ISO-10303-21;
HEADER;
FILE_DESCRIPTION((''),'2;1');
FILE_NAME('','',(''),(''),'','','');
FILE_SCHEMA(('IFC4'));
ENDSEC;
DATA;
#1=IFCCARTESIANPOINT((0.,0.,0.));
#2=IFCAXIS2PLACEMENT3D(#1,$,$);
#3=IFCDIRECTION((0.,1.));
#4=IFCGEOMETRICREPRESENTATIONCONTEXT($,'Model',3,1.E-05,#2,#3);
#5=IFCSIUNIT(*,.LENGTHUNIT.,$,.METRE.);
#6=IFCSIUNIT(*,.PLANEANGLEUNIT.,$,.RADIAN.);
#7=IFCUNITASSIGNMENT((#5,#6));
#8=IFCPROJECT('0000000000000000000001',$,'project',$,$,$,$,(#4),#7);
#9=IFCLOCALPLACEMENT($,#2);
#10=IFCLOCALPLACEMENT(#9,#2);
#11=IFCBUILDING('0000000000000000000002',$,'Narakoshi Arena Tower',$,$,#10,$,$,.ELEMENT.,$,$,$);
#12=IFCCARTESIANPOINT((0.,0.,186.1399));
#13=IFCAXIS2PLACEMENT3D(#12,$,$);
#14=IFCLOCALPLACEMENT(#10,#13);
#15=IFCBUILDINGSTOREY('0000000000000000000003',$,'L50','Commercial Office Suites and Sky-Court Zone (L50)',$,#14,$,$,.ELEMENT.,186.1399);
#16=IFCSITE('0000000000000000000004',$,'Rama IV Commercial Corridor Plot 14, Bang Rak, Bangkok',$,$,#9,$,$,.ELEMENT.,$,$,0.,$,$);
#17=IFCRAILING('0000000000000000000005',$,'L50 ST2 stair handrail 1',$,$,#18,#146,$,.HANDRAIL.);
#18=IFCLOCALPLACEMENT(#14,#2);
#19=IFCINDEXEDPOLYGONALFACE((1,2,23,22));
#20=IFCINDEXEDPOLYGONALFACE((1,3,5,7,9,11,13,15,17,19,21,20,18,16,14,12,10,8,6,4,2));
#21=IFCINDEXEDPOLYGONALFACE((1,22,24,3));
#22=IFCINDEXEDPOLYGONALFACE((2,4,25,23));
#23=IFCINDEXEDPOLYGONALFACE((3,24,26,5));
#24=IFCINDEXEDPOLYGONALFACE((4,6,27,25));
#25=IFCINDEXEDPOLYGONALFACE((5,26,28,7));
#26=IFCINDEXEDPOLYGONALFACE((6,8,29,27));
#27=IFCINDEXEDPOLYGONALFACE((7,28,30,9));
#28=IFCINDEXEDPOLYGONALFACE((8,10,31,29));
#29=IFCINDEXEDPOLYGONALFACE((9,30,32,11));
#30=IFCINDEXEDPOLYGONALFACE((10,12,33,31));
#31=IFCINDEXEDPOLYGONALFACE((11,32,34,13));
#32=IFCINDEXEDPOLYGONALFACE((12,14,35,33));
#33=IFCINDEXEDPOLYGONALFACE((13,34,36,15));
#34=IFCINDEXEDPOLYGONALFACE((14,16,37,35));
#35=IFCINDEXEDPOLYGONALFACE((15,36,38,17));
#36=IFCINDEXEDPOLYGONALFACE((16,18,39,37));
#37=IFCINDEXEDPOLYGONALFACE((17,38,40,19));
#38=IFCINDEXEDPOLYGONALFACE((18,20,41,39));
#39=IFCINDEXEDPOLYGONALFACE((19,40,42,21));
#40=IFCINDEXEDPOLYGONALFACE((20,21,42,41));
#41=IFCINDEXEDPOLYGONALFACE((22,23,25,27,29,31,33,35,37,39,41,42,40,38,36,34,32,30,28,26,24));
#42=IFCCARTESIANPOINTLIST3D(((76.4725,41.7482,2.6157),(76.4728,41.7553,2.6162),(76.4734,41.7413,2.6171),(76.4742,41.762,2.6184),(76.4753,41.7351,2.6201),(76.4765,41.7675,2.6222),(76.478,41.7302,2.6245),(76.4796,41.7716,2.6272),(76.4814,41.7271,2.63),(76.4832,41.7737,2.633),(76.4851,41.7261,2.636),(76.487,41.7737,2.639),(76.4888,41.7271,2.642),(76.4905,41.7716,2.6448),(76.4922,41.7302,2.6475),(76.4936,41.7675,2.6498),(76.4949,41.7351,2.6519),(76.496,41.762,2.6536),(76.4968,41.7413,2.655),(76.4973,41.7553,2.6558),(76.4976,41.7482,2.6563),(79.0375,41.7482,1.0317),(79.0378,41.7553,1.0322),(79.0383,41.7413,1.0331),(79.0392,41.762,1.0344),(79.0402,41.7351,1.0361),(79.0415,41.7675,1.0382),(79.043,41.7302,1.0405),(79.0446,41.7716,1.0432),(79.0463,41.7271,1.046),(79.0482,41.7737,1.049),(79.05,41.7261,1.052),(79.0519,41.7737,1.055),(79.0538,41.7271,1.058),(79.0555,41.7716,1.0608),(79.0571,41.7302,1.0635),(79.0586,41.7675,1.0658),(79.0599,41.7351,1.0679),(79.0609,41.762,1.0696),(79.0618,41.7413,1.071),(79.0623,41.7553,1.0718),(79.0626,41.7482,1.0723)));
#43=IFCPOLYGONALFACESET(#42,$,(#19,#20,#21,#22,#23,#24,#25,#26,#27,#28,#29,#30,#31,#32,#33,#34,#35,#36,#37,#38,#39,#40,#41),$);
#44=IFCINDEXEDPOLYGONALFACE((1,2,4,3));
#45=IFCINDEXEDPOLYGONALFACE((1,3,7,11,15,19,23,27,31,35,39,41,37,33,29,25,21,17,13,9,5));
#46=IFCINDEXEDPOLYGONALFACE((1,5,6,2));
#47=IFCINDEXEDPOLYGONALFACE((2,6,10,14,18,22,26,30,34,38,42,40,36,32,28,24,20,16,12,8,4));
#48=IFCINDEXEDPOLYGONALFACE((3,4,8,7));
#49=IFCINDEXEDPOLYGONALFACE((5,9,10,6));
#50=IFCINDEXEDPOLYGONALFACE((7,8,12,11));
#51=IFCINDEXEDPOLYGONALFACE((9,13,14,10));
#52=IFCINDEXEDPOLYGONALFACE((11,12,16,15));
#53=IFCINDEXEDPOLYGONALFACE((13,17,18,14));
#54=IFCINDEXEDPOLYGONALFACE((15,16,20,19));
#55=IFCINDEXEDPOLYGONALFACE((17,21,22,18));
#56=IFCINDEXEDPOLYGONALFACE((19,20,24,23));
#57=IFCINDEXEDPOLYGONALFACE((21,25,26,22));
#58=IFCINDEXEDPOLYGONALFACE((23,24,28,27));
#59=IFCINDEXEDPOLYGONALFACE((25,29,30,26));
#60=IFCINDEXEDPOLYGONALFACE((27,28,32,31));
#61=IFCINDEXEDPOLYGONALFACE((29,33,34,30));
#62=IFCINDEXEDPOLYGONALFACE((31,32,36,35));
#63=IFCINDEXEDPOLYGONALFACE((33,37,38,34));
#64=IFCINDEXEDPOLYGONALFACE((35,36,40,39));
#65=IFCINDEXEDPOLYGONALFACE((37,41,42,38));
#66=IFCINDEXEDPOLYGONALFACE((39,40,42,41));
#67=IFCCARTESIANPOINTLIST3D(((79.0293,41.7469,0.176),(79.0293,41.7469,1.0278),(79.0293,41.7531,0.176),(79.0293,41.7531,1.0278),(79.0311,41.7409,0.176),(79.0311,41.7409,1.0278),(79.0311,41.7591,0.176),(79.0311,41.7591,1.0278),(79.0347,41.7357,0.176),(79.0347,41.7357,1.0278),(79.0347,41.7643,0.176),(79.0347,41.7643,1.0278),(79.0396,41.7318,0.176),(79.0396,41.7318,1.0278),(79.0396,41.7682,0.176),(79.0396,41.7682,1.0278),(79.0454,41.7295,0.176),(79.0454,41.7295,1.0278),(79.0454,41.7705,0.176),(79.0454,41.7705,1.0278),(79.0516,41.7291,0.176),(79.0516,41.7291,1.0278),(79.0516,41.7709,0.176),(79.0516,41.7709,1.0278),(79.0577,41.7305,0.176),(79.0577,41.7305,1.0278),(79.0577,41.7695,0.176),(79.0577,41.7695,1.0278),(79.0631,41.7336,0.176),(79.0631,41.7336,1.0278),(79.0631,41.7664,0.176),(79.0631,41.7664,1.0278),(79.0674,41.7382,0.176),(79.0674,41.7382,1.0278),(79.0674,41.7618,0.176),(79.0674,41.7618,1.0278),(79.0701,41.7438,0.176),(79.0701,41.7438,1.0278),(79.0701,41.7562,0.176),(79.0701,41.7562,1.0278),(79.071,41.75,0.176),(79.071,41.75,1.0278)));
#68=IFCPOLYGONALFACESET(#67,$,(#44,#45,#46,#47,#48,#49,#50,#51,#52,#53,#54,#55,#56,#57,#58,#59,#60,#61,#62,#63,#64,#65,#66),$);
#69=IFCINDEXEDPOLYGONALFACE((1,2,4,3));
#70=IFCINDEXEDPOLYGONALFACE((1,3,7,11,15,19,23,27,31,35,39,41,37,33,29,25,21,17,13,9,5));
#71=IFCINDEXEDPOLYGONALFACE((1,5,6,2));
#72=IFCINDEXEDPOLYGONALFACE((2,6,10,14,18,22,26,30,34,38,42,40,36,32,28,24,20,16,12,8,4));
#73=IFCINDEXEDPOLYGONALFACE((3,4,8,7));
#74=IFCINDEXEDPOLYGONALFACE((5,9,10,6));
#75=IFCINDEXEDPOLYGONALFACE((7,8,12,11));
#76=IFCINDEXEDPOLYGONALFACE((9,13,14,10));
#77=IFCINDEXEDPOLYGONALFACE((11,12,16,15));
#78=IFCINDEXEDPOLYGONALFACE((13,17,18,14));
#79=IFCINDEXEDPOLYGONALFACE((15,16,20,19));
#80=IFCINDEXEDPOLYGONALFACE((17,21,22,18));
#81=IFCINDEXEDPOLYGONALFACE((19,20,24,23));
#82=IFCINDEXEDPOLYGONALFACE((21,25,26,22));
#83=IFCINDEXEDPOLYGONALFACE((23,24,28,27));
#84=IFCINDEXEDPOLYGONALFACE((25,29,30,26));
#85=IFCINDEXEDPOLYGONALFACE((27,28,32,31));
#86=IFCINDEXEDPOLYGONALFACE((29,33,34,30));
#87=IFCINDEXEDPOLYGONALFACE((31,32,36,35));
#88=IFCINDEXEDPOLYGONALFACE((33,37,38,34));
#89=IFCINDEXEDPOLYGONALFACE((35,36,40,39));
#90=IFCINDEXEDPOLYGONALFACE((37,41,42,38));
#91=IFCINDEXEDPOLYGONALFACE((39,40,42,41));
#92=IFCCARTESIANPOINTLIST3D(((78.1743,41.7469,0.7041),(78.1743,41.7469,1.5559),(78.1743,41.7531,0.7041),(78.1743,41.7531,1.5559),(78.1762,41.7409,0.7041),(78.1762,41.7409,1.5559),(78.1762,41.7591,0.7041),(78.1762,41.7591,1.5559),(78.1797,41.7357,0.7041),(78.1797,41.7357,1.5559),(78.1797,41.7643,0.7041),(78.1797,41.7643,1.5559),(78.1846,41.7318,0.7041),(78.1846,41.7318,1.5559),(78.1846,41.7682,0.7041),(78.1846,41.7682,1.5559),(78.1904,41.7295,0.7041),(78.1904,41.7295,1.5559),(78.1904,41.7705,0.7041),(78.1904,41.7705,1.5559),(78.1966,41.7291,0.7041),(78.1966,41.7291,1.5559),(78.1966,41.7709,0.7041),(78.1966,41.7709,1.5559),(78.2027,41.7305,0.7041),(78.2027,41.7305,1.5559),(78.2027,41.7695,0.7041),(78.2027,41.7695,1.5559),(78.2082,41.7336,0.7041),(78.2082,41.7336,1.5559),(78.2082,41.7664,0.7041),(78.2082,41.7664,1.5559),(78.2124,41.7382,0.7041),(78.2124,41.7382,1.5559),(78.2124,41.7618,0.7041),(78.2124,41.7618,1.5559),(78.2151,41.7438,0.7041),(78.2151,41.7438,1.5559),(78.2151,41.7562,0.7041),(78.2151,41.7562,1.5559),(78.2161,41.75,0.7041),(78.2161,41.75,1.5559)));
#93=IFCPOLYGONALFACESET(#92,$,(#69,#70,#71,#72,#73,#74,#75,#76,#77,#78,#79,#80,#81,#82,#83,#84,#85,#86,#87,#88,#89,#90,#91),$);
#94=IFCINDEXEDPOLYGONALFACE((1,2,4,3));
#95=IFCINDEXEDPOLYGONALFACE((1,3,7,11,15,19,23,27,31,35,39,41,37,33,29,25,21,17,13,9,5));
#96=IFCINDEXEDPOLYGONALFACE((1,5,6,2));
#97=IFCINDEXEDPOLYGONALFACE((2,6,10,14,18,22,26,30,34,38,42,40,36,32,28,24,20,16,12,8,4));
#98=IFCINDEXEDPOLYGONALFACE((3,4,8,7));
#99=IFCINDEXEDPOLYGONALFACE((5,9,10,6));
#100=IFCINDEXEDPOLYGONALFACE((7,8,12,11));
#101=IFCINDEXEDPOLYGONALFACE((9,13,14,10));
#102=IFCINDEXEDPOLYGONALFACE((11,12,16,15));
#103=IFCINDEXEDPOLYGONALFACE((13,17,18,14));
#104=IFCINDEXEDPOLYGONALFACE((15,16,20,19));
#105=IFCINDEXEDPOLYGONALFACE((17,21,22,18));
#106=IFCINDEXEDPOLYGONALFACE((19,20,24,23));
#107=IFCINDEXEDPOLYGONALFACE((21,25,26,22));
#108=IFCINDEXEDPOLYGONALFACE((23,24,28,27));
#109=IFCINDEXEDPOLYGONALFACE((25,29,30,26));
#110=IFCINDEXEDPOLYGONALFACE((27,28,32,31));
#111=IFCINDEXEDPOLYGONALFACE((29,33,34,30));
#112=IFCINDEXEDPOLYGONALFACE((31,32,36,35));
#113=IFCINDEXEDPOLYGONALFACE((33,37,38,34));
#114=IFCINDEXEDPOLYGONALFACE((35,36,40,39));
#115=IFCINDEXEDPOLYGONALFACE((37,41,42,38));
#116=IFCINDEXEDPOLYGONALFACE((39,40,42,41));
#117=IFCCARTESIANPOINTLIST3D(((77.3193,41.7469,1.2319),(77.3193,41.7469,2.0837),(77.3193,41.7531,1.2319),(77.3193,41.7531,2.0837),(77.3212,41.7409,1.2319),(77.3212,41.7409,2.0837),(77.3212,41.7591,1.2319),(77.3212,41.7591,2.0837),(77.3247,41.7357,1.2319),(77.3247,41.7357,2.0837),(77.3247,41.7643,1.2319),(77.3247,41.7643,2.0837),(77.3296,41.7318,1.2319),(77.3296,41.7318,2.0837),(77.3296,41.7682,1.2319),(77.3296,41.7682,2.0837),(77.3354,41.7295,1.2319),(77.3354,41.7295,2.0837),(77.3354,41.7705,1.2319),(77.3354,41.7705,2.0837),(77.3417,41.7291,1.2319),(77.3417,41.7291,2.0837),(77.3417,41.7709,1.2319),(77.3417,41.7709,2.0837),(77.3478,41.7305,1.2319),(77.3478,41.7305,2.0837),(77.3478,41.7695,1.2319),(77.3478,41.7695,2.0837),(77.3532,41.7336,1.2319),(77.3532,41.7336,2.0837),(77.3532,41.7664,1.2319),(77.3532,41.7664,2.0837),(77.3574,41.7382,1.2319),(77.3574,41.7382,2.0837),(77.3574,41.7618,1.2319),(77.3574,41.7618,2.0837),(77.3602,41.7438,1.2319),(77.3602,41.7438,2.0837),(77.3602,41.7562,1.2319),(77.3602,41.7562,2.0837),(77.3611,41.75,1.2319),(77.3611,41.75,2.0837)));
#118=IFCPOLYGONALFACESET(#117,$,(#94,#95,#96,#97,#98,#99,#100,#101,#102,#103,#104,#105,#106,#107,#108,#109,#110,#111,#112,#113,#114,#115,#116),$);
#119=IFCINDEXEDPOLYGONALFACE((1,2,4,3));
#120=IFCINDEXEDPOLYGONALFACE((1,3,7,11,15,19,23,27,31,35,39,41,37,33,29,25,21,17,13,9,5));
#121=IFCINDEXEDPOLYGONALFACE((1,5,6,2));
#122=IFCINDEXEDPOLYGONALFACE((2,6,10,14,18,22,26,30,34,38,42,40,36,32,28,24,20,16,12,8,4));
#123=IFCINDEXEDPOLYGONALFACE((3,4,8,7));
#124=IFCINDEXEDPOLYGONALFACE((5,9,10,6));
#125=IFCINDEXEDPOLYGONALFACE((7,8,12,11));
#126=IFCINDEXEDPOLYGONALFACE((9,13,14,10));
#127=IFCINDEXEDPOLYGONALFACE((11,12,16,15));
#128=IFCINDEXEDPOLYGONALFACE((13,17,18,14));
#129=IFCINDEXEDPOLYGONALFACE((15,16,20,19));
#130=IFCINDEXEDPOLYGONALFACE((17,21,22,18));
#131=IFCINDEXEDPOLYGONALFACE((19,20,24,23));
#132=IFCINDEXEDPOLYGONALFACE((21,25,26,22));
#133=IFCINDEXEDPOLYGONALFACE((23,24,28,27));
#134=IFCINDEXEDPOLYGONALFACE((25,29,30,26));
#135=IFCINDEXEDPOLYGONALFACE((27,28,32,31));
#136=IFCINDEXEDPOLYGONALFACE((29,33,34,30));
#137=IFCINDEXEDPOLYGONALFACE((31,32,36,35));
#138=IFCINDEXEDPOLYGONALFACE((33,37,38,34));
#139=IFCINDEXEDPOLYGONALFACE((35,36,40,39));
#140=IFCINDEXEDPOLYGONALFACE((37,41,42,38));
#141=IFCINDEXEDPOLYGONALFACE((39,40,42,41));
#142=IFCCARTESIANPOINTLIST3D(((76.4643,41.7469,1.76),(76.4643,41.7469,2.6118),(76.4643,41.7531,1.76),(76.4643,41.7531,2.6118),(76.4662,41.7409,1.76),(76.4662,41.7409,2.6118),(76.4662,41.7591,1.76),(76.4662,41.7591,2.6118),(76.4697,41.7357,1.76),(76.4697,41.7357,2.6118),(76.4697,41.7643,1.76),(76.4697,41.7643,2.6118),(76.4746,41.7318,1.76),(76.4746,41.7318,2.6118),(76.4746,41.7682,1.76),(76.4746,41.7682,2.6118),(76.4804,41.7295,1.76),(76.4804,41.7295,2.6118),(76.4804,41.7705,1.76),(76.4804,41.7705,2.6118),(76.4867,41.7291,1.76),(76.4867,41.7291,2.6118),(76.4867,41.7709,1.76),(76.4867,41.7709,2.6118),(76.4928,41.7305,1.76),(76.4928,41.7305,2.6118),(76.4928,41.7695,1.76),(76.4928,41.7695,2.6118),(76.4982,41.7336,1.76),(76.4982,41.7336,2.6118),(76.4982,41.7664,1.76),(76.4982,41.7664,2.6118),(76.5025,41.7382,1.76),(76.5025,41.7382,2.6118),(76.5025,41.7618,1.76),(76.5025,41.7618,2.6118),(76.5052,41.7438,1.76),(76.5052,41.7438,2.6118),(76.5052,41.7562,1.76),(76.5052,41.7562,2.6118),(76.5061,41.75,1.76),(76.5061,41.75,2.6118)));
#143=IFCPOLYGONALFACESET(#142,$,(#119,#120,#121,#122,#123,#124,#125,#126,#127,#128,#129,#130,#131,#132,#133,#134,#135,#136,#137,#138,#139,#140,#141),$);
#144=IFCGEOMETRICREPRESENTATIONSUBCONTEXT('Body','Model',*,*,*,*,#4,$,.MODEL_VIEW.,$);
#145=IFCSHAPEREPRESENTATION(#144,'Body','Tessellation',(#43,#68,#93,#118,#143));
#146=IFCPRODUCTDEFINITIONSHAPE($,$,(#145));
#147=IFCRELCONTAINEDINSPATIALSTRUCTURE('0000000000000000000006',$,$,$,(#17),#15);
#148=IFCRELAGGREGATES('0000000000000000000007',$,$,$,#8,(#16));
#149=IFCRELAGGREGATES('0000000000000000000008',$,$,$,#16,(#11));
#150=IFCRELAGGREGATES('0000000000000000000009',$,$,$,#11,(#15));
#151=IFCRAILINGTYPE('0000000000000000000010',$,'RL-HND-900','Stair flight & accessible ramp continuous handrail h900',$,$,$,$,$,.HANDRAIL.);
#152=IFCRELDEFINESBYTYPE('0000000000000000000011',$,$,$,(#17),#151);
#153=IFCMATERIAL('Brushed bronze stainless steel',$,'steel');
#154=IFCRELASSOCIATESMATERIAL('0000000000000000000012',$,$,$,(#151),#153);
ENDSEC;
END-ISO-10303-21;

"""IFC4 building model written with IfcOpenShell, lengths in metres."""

from ifc_helpers import new_model, si_unit, direction, frame, origin, origin_2d, place, context, subcontext, project, spatial, circle, extrude, material, type_object, element, save


model = new_model("IFC4")

# Units and contexts
model_context = context("Model", 3, precision=1e-05, world=origin(), true_north=direction((0.0, 1.0)))
body_context = subcontext(model_context, "Body", "Model", "MODEL_VIEW")
ifc_project = project(units=[si_unit("LENGTHUNIT", "METRE"), si_unit("PLANEANGLEUNIT", "RADIAN")], contexts=[model_context])

# Site, building, storey
site_placement = place(None, origin())
site = spatial("IfcSite", under=ifc_project, at=site_placement, Name="Rama IV Commercial Corridor Plot 14, Bang Rak, Bangkok", CompositionType="ELEMENT", RefElevation=0.0)
building_placement = place(site_placement, origin())
building = spatial("IfcBuilding", under=site, at=building_placement, Name="Narakoshi Arena Tower", CompositionType="ELEMENT")
storey_placement = place(building_placement, frame((0.0, 0.0, 186.1399)))
storey = spatial("IfcBuildingStorey", under=building, at=storey_placement, Name="L50", Description="Commercial Office Suites and Sky-Court Zone (L50)", CompositionType="ELEMENT", Elevation=186.1399)

# Railing
ifc_material_1 = material(Name="Brushed bronze stainless steel", Category="steel")
railing_type_1 = type_object("IfcRailingType", Name="RL-HND-900", Description="Stair flight & accessible ramp continuous handrail h900", PredefinedType="HANDRAIL", material=ifc_material_1)
railing_1_placement = place(storey_placement, frame((79.05, 41.75, 0.176)))
element("IfcRailing", 1, at=railing_1_placement, inside=storey, type_object=railing_type_1, Name="L50 ST2 stair handrail 1", PredefinedType="HANDRAIL", context=body_context, shape_type="SweptSolid", body=[
    extrude(circle(Radius=0.0239, at=origin_2d()), frame((0.0, 0.0, 0.876), z_axis=(-0.850834, 0.0, 0.525434), x_axis=(0.0, -1.0, 0.0)), (0.0, 0.0, 1.0), 3.0146),
    extrude(circle(Radius=0.021, at=origin_2d()), origin(), (0.0, 0.0, 1.0), 0.8518),
    extrude(circle(Radius=0.021, at=origin_2d()), frame((-0.855, 0.0, 0.5281)), (0.0, 0.0, 1.0), 0.8518),
    extrude(circle(Radius=0.021, at=origin_2d()), frame((-1.71, 0.0, 1.0559)), (0.0, 0.0, 1.0), 0.8518),
    extrude(circle(Radius=0.021, at=origin_2d()), frame((-2.5649, 0.0, 1.584)), (0.0, 0.0, 1.0), 0.8518),
])

save(model, "model.ifc")
